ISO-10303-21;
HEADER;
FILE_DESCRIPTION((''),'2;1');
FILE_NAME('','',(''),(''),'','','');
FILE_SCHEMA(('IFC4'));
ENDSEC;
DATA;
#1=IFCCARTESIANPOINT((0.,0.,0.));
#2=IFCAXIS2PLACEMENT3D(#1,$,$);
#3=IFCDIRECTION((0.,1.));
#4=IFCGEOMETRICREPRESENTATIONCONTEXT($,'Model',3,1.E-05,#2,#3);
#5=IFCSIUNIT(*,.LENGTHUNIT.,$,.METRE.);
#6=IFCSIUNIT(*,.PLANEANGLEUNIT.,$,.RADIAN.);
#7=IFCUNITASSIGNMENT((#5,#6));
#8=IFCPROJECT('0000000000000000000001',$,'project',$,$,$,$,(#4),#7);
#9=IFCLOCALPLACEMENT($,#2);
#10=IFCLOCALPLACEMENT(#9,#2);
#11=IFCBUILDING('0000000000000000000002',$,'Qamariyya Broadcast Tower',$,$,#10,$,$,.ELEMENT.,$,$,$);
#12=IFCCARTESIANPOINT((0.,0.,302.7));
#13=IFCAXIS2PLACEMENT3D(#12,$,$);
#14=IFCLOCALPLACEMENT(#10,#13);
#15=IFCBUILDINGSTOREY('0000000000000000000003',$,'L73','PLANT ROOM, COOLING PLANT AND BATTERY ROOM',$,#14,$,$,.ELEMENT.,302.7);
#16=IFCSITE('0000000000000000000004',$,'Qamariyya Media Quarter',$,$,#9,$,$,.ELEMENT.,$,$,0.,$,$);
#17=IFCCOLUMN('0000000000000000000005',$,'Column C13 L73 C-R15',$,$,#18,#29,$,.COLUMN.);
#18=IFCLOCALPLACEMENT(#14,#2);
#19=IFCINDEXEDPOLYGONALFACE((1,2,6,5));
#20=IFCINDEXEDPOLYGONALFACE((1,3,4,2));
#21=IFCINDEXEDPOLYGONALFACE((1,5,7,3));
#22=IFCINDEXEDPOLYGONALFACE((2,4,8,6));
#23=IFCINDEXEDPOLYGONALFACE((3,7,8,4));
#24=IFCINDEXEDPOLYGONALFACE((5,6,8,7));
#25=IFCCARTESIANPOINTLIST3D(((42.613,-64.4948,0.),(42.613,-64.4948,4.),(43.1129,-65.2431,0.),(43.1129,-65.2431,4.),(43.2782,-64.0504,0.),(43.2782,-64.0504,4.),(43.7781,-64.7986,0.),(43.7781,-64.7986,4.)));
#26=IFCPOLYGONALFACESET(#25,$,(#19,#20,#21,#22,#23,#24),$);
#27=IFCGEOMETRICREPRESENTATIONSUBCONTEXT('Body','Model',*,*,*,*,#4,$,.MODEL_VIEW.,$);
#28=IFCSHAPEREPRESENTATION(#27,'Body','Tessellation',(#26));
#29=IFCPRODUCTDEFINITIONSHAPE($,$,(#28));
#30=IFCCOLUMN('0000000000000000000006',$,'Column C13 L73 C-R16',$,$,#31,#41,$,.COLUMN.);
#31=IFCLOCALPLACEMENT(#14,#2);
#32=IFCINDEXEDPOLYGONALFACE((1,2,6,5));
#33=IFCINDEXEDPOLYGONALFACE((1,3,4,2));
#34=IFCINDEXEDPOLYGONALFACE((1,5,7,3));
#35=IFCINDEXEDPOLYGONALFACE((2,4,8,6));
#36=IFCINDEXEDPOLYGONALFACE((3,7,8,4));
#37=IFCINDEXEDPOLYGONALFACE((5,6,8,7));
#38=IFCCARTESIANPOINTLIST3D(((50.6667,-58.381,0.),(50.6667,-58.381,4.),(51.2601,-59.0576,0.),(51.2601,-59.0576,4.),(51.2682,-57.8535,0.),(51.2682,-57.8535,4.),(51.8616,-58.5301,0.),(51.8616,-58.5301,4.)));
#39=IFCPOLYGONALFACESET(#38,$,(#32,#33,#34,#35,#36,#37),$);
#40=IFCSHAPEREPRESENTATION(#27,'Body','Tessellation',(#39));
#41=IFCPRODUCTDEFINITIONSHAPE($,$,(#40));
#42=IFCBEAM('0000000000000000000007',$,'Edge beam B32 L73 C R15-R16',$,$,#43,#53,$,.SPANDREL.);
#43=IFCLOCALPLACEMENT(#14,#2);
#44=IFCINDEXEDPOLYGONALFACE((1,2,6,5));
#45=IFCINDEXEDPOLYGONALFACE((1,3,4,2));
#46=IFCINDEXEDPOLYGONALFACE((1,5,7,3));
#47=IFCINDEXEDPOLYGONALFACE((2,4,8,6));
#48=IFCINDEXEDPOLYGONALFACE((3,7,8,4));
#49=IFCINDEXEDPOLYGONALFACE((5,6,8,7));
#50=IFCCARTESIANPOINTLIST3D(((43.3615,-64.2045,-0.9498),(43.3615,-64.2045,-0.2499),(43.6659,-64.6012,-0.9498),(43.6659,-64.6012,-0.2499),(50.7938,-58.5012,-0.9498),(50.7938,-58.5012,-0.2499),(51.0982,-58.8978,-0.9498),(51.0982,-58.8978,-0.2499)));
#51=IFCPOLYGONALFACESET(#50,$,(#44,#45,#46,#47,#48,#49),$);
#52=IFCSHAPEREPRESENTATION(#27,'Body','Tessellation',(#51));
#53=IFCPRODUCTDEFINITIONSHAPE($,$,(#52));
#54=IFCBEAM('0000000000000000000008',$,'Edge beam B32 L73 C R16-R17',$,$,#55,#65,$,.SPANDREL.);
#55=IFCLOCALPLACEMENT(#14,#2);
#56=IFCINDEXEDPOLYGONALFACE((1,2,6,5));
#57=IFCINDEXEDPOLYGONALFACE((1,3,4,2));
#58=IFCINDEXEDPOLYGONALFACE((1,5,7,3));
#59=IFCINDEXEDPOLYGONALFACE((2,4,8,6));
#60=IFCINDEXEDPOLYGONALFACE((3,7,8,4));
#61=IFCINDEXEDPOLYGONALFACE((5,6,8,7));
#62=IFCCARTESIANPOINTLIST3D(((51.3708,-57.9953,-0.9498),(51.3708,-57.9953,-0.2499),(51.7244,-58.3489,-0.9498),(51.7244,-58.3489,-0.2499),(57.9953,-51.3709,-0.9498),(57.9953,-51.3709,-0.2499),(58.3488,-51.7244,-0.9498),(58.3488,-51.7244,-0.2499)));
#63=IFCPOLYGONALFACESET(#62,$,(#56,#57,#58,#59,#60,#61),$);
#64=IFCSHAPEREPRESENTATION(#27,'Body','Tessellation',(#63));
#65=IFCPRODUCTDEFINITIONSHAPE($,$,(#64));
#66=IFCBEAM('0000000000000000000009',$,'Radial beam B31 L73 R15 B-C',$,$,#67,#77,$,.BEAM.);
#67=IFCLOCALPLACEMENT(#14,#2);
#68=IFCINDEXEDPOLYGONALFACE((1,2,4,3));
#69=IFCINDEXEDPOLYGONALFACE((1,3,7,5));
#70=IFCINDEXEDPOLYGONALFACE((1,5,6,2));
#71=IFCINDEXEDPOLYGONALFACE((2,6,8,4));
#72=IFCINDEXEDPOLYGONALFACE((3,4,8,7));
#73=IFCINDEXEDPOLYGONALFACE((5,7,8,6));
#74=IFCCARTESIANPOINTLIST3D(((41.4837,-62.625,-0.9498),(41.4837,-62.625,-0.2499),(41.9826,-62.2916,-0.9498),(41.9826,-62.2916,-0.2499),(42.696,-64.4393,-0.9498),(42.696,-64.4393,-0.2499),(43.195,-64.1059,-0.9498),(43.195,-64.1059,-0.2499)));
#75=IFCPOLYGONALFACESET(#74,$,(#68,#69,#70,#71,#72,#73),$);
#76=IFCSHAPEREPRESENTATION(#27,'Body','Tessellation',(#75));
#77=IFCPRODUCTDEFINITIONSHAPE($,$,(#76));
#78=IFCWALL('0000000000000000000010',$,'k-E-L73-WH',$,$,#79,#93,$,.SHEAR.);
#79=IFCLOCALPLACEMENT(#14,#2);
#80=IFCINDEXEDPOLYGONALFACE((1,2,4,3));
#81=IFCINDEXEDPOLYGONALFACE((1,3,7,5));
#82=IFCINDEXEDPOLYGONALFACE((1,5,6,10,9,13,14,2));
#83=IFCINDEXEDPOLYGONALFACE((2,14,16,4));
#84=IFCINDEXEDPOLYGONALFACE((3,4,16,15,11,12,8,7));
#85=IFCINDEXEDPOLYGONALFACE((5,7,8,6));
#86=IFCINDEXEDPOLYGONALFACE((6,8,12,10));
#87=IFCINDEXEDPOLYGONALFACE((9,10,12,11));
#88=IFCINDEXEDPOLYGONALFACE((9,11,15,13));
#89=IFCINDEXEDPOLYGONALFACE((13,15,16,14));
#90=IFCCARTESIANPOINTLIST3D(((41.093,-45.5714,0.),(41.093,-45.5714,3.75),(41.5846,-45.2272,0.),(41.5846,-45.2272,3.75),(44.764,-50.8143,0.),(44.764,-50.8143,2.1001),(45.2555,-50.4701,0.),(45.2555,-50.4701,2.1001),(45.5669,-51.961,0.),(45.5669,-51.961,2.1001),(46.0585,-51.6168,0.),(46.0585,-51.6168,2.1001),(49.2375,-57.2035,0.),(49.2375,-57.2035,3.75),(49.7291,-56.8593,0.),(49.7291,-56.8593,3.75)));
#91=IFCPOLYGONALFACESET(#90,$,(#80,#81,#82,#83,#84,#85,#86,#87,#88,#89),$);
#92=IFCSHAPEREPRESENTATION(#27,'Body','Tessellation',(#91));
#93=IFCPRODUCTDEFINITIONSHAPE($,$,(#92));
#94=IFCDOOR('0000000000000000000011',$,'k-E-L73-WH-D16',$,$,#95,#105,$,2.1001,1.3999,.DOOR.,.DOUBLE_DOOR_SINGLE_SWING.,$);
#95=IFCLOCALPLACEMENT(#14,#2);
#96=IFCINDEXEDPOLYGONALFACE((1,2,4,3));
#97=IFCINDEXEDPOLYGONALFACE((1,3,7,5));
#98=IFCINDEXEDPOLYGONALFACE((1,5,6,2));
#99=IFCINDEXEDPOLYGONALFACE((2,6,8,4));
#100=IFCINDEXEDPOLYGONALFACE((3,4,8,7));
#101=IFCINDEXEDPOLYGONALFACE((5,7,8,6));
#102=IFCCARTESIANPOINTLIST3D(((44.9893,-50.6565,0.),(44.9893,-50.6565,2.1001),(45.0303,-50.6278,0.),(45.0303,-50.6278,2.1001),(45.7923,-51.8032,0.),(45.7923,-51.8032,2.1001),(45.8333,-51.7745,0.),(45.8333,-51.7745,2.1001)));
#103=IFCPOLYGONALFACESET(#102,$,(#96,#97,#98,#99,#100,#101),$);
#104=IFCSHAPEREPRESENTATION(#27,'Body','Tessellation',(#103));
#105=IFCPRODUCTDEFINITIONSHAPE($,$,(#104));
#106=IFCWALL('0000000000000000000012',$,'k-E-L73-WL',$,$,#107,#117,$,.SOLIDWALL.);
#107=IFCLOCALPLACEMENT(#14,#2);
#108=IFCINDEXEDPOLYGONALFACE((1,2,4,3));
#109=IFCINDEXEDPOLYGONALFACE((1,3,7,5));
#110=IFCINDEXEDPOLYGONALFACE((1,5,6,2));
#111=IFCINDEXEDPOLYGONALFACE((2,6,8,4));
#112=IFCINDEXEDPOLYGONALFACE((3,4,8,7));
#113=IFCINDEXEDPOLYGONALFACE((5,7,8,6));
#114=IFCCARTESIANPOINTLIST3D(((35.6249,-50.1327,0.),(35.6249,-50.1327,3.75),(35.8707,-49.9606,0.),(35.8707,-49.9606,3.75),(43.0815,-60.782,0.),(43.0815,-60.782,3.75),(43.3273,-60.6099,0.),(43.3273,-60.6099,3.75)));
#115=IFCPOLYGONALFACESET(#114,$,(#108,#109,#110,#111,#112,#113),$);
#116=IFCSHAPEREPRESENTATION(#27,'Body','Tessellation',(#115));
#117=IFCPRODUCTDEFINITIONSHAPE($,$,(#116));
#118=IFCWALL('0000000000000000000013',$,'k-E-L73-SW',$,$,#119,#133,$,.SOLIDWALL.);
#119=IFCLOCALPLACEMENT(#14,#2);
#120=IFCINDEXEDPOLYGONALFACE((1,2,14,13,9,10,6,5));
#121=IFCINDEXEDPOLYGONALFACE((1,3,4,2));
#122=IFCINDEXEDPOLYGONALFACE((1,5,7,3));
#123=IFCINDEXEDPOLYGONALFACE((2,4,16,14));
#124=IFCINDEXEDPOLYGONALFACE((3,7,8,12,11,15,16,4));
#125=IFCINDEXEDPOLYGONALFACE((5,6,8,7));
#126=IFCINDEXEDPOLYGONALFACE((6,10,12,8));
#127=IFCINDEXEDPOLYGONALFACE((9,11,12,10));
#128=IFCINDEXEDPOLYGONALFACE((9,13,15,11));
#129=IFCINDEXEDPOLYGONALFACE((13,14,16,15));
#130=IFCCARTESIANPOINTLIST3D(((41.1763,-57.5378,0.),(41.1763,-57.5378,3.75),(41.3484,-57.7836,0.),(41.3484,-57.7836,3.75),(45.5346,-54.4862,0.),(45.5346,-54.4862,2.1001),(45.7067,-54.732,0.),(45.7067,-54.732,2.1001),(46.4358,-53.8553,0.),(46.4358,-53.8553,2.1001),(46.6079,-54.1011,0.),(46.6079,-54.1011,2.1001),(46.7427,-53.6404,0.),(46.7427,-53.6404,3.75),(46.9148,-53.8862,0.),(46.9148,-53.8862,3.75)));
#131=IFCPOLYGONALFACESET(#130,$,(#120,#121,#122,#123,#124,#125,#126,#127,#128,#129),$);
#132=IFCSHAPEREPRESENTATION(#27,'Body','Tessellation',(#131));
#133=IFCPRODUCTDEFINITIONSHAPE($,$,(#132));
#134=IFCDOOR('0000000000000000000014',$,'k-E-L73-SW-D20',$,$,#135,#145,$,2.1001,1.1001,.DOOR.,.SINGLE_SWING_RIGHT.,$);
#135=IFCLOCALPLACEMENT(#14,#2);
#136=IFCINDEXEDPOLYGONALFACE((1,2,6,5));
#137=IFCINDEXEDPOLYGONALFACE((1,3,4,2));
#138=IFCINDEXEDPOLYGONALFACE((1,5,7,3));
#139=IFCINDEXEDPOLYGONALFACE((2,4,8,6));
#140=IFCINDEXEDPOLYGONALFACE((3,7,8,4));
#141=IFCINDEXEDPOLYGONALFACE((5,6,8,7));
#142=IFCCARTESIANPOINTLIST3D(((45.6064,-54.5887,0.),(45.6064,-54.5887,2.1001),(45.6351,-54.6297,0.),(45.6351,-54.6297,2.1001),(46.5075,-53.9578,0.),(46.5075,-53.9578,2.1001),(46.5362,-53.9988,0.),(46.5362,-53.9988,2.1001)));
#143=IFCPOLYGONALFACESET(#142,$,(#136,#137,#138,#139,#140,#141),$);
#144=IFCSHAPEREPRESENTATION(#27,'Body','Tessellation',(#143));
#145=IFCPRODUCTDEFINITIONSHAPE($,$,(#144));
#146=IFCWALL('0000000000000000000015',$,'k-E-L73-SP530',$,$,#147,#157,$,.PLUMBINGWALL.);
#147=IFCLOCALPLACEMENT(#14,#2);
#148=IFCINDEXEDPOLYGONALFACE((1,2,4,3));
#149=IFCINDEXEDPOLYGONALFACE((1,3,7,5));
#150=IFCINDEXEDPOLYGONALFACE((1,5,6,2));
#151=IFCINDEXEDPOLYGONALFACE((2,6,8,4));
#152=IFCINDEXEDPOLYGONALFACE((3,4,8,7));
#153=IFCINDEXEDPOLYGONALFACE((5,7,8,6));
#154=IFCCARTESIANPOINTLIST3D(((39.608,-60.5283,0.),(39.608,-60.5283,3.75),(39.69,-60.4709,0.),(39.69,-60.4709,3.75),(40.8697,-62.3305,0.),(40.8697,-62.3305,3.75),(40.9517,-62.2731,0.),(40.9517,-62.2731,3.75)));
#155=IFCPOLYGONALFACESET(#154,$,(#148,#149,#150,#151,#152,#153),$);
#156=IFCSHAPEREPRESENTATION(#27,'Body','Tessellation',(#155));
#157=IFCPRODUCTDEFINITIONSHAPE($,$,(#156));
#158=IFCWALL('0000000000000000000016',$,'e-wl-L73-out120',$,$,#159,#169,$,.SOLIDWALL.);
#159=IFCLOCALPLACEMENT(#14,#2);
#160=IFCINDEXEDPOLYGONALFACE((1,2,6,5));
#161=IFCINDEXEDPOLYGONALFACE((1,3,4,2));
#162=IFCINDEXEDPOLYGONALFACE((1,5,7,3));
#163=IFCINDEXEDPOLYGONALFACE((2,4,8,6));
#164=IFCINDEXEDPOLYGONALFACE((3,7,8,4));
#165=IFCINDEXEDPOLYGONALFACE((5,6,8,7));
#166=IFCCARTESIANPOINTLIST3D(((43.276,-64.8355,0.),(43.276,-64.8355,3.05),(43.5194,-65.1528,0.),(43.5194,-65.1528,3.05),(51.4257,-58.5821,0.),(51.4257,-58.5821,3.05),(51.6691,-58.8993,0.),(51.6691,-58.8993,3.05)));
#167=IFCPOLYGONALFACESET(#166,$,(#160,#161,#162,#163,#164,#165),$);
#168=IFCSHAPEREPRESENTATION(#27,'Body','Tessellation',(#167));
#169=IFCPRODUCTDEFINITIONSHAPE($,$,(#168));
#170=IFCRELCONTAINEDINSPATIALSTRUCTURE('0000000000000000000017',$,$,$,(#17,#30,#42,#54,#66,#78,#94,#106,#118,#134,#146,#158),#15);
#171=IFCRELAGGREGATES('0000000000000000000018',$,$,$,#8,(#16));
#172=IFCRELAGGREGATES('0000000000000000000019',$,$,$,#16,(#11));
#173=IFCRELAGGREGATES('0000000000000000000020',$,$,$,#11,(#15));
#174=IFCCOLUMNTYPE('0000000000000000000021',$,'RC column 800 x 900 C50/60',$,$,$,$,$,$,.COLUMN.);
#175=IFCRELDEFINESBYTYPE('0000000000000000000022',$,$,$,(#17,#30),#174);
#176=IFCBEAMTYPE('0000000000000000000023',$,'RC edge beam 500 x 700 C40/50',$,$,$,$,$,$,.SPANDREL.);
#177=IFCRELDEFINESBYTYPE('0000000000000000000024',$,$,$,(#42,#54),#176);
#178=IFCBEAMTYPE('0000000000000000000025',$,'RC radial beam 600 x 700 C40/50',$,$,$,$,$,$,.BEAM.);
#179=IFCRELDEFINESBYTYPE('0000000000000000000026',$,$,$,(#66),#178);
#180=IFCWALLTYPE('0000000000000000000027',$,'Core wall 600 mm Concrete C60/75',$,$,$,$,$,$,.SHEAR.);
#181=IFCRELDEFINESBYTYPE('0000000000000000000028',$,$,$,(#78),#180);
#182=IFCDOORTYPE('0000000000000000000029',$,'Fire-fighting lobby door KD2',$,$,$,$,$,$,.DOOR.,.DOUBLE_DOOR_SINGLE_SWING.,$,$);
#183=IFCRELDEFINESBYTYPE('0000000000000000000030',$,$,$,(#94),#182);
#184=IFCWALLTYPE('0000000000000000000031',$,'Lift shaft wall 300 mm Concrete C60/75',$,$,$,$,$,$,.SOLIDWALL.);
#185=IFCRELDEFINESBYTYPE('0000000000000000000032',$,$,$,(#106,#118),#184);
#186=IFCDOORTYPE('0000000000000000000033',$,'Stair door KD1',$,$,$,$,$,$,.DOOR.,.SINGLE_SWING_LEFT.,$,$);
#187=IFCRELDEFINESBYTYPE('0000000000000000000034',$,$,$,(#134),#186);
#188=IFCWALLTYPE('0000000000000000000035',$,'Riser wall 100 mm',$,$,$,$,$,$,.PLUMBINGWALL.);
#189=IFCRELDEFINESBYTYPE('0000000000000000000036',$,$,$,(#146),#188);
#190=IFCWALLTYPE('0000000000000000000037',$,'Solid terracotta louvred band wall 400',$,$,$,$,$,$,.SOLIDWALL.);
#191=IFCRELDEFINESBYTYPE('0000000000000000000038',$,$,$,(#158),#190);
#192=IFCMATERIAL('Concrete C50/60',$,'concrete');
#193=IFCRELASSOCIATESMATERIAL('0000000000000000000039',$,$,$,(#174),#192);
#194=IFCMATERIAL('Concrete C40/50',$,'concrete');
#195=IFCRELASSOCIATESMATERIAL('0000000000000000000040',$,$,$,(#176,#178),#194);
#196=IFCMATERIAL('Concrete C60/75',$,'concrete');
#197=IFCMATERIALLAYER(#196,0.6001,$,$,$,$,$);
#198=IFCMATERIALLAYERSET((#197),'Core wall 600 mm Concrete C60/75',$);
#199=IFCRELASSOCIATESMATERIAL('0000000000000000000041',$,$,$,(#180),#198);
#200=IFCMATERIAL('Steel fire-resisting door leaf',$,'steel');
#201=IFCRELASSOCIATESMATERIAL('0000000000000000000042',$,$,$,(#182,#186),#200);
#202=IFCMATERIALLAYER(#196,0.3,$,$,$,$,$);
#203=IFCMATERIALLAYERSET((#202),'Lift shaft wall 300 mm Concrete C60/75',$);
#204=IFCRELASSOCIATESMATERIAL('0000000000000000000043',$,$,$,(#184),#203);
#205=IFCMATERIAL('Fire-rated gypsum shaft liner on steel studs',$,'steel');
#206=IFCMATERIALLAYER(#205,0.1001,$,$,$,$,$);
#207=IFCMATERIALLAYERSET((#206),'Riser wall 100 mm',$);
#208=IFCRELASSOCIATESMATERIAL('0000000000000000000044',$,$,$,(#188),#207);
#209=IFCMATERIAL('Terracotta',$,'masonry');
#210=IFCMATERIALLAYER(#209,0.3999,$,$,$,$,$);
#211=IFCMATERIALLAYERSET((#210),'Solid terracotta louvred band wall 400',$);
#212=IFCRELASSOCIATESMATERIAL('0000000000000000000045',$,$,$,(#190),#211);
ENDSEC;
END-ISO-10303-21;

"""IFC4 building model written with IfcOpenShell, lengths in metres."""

from ifc_helpers import new_model, si_unit, direction, frame, frame_2d, origin, origin_2d, place, context, subcontext, project, spatial, rectangle, extrude, material, layer, layer_set, material_profile, profile_set, type_object, element, fill, save


model = new_model("IFC4")

# Units and contexts
model_context = context("Model", 3, precision=1e-05, world=origin(), true_north=direction((0.0, 1.0)))
body_context = subcontext(model_context, "Body", "Model", "MODEL_VIEW")
ifc_project = project(units=[si_unit("LENGTHUNIT", "METRE"), si_unit("PLANEANGLEUNIT", "RADIAN")], contexts=[model_context])

# Site, building, storey
site_placement = place(None, origin())
site = spatial("IfcSite", under=ifc_project, at=site_placement, Name="Qamariyya Media Quarter", CompositionType="ELEMENT", RefElevation=0.0)
building_placement = place(site_placement, origin())
building = spatial("IfcBuilding", under=site, at=building_placement, Name="Qamariyya Broadcast Tower", CompositionType="ELEMENT")
storey_placement = place(building_placement, frame((0.0, 0.0, 302.7)))
storey = spatial("IfcBuildingStorey", under=building, at=storey_placement, Name="L73", Description="PLANT ROOM, COOLING PLANT AND BATTERY ROOM", CompositionType="ELEMENT", Elevation=302.7)

# Columns
ifc_material_1 = material(Name="Concrete C50/60", Category="concrete")
ifc_material_profile_1 = material_profile(ifc_material_1, rectangle(XDim=0.8, YDim=0.8999, at=origin_2d()))
ifc_profile_set_1 = profile_set([ifc_material_profile_1], Name="Concrete C50/60")
column_type = type_object("IfcColumnType", Name="RC column 800 x 900 C50/60", PredefinedType="COLUMN", material=ifc_profile_set_1)
for number, where, z_axis, x_axis, name in (
    (1, (43.1956, -64.6467, 0.0), (0.0, 0.0, 1.0), (0.83147, 0.55557, 0.0), "Column C13 L73 C-R15"),
    (2, (51.2642, -58.4556, 0.0), (0.0, 0.0, 1.0), (0.75184, 0.659346, 0.0), "Column C13 L73 C-R16"),
):
    element("IfcColumn", number, at=place(storey_placement, frame(where, z_axis=z_axis, x_axis=x_axis)), inside=storey, type_object=column_type, Name=name, PredefinedType="COLUMN", context=body_context, shape_type="SweptSolid", body=[
        extrude(rectangle(XDim=0.8, YDim=0.8999, at=origin_2d()), origin(), (0.0, 0.0, 1.0), 4.0),
    ])

# Beams
ifc_material_2 = material(Name="Concrete C40/50", Category="concrete")
ifc_material_profile_2 = material_profile(ifc_material_2, rectangle(XDim=0.5, YDim=0.7, at=origin_2d()))
ifc_profile_set_2 = profile_set([ifc_material_profile_2], Name="Concrete C40/50")
beam_type_1 = type_object("IfcBeamType", Name="RC edge beam 500 x 700 C40/50", PredefinedType="SPANDREL", material=ifc_profile_set_2)
for number, where, z_axis, x_axis, name in (
    (3, (43.5137, -64.4028, -0.5999), (0.793337, 0.608782, 0.0), (-0.608782, 0.793337, 0.0), "Edge beam B32 L73 C R15-R16"),
    (4, (51.5476, -58.1721, -0.5999), (0.707107, 0.707107, 0.0), (-0.707107, 0.707107, 0.0), "Edge beam B32 L73 C R16-R17"),
):
    element("IfcBeam", number, at=place(storey_placement, frame(where, z_axis=z_axis, x_axis=x_axis)), inside=storey, type_object=beam_type_1, Name=name, PredefinedType="SPANDREL", context=body_context, shape_type="SweptSolid", body=[
        extrude(rectangle(XDim=0.5, YDim=0.7, at=origin_2d()), origin(), (0.0, 0.0, 1.0), 9.3684),
    ])
ifc_material_profile_3 = material_profile(ifc_material_2, rectangle(XDim=0.6001, YDim=0.7, at=origin_2d()))
ifc_profile_set_3 = profile_set([ifc_material_profile_3], Name="Concrete C40/50")
beam_type_2 = type_object("IfcBeamType", Name="RC radial beam 600 x 700 C40/50", PredefinedType="BEAM", material=ifc_profile_set_3)
beam_placement = place(storey_placement, frame((41.7332, -62.4583, -0.5999), z_axis=(0.555578, -0.831465, 0.0), x_axis=(0.831465, 0.555578, 0.0)))
element("IfcBeam", 5, at=beam_placement, inside=storey, type_object=beam_type_2, Name="Radial beam B31 L73 R15 B-C", PredefinedType="BEAM", context=body_context, shape_type="SweptSolid", body=[
    extrude(rectangle(XDim=0.6001, YDim=0.7, at=origin_2d()), origin(), (0.0, 0.0, 1.0), 2.1821),
])

# Wall, opening, door
ifc_material_3 = material(Name="Concrete C60/75", Category="concrete")
ifc_layer_1 = layer(ifc_material_3, 0.6001)
ifc_layer_set_1 = layer_set([ifc_layer_1], Name="Core wall 600 mm Concrete C60/75")
wall_type_1 = type_object("IfcWallType", Name="Core wall 600 mm Concrete C60/75", PredefinedType="SHEAR", material=ifc_layer_set_1)
wall_1_placement = place(storey_placement, frame((49.4834, -57.0315, 0.0), z_axis=(0.0, 0.0, 1.0), x_axis=(-0.57356, 0.819163, 0.0)))
wall_1 = element("IfcWall", 6, at=wall_1_placement, inside=storey, type_object=wall_type_1, Name="k-E-L73-WH", PredefinedType="SHEAR", context=body_context, shape_type="SweptSolid", body=[
    extrude(rectangle(XDim=14.2, YDim=0.6001, at=frame_2d((7.1001, 0.0))), origin(), (0.0, 0.0, 1.0), 3.75),
])
opening_1_placement = place(wall_1_placement, frame((6.3999, 0.0, 0.0)))
opening_1 = element("IfcOpeningElement", 7, at=opening_1_placement, cuts=wall_1, PredefinedType="OPENING", context=body_context, shape_type="SweptSolid", body=[
    extrude(rectangle(XDim=1.3999, YDim=2.1001, at=frame_2d((0.7, 1.05))), frame((0.0, 0.3101, 0.0), z_axis=(0.0, -1.0, 0.0), x_axis=(1.0, 0.0, 0.0)), (0.0, 0.0, 1.0), 0.6201),
])
ifc_material_4 = material(Name="Steel fire-resisting door leaf", Category="steel")
door_type_1 = type_object("IfcDoorType", Name="Fire-fighting lobby door KD2", OperationType="DOUBLE_DOOR_SINGLE_SWING", PredefinedType="DOOR", material=ifc_material_4)
door_1_placement = place(opening_1_placement, origin())
door_1 = element("IfcDoor", 8, at=door_1_placement, inside=storey, type_object=door_type_1, Name="k-E-L73-WH-D16", OperationType="DOUBLE_DOOR_SINGLE_SWING", OverallHeight=2.1001, OverallWidth=1.3999, PredefinedType="DOOR", context=body_context, shape_type="SweptSolid", body=[
    extrude(rectangle(XDim=1.3999, YDim=2.1001, at=frame_2d((0.7, 1.05))), frame((0.0, 0.0249, 0.0), z_axis=(0.0, -1.0, 0.0), x_axis=(1.0, 0.0, 0.0)), (0.0, 0.0, 1.0), 0.05),
])
fill(opening_1, door_1)

# Wall
ifc_layer_2 = layer(ifc_material_3, 0.3)
ifc_layer_set_2 = layer_set([ifc_layer_2], Name="Lift shaft wall 300 mm Concrete C60/75")
wall_type_2 = type_object("IfcWallType", Name="Lift shaft wall 300 mm Concrete C60/75", PredefinedType="SOLIDWALL", material=ifc_layer_set_2)
wall_2_placement = place(storey_placement, frame((43.2043, -60.6958, 0.0), z_axis=(0.0, 0.0, 1.0), x_axis=(-0.573572, 0.819155, 0.0)))
element("IfcWall", 9, at=wall_2_placement, inside=storey, type_object=wall_type_2, Name="k-E-L73-WL", PredefinedType="SOLIDWALL", context=body_context, shape_type="SweptSolid", body=[
    extrude(rectangle(XDim=13.0002, YDim=0.3, at=frame_2d((6.5, 0.0))), origin(), (0.0, 0.0, 1.0), 3.75),
])

# Wall, opening, door
wall_3_placement = place(storey_placement, frame((41.2625, -57.6606, 0.0), z_axis=(0.0, 0.0, 1.0), x_axis=(0.819164, 0.573559, 0.0)))
wall_3 = element("IfcWall", 10, at=wall_3_placement, inside=storey, type_object=wall_type_2, Name="k-E-L73-SW", PredefinedType="SOLIDWALL", context=body_context, shape_type="SweptSolid", body=[
    extrude(rectangle(XDim=6.7952, YDim=0.3, at=frame_2d((3.3975, 0.0))), origin(), (0.0, 0.0, 1.0), 3.75),
])
opening_2_placement = place(wall_3_placement, frame((5.3203, 0.0, 0.0)))
opening_2 = element("IfcOpeningElement", 11, at=opening_2_placement, cuts=wall_3, PredefinedType="OPENING", context=body_context, shape_type="SweptSolid", body=[
    extrude(rectangle(XDim=1.1001, YDim=2.1001, at=frame_2d((0.55, 1.05))), frame((0.0, 0.1599, 0.0), z_axis=(0.0, -1.0, 0.0), x_axis=(1.0, 0.0, 0.0)), (0.0, 0.0, 1.0), 0.3201),
])
door_type_2 = type_object("IfcDoorType", Name="Stair door KD1", OperationType="SINGLE_SWING_LEFT", PredefinedType="DOOR", material=ifc_material_4)
door_2_placement = place(opening_2_placement, origin())
door_2 = element("IfcDoor", 12, at=door_2_placement, inside=storey, type_object=door_type_2, Name="k-E-L73-SW-D20", OperationType="SINGLE_SWING_RIGHT", OverallHeight=2.1001, OverallWidth=1.1001, PredefinedType="DOOR", context=body_context, shape_type="SweptSolid", body=[
    extrude(rectangle(XDim=1.1001, YDim=2.1001, at=frame_2d((0.55, 1.05))), frame((0.0, 0.0249, 0.0), z_axis=(0.0, -1.0, 0.0), x_axis=(1.0, 0.0, 0.0)), (0.0, 0.0, 1.0), 0.05),
])
fill(opening_2, door_2)

# Walls
ifc_material_5 = material(Name="Fire-rated gypsum shaft liner on steel studs", Category="steel")
ifc_layer_3 = layer(ifc_material_5, 0.1001)
ifc_layer_set_3 = layer_set([ifc_layer_3], Name="Riser wall 100 mm")
wall_type_3 = type_object("IfcWallType", Name="Riser wall 100 mm", PredefinedType="PLUMBINGWALL", material=ifc_layer_set_3)
wall_4_placement = place(storey_placement, frame((39.6489, -60.4995, 0.0), z_axis=(0.0, 0.0, 1.0), x_axis=(0.573507, -0.819201, 0.0)))
element("IfcWall", 13, at=wall_4_placement, inside=storey, type_object=wall_type_3, Name="k-E-L73-SP530", PredefinedType="PLUMBINGWALL", context=body_context, shape_type="SweptSolid", body=[
    extrude(rectangle(XDim=2.2, YDim=0.1001, at=frame_2d((1.1001, 0.0))), origin(), (0.0, 0.0, 1.0), 3.75),
])
ifc_material_6 = material(Name="Terracotta", Category="masonry")
ifc_layer_4 = layer(ifc_material_6, 0.3999)
ifc_layer_set_4 = layer_set([ifc_layer_4], Name="Solid terracotta louvred band wall 400")
wall_type_4 = type_object("IfcWallType", Name="Solid terracotta louvred band wall 400", PredefinedType="SOLIDWALL", material=ifc_layer_set_4)
wall_5_placement = place(storey_placement, frame((43.3977, -64.9941, 0.0), z_axis=(0.0, 0.0, 1.0), x_axis=(0.793355, 0.608759, 0.0)))
element("IfcWall", 14, at=wall_5_placement, inside=storey, type_object=wall_type_4, Name="e-wl-L73-out120", PredefinedType="SOLIDWALL", context=body_context, shape_type="SweptSolid", body=[
    extrude(rectangle(XDim=10.2725, YDim=0.3999, at=frame_2d((5.1362, 0.0))), origin(), (0.0, 0.0, 1.0), 3.05),
])

save(model, "model.ifc")
